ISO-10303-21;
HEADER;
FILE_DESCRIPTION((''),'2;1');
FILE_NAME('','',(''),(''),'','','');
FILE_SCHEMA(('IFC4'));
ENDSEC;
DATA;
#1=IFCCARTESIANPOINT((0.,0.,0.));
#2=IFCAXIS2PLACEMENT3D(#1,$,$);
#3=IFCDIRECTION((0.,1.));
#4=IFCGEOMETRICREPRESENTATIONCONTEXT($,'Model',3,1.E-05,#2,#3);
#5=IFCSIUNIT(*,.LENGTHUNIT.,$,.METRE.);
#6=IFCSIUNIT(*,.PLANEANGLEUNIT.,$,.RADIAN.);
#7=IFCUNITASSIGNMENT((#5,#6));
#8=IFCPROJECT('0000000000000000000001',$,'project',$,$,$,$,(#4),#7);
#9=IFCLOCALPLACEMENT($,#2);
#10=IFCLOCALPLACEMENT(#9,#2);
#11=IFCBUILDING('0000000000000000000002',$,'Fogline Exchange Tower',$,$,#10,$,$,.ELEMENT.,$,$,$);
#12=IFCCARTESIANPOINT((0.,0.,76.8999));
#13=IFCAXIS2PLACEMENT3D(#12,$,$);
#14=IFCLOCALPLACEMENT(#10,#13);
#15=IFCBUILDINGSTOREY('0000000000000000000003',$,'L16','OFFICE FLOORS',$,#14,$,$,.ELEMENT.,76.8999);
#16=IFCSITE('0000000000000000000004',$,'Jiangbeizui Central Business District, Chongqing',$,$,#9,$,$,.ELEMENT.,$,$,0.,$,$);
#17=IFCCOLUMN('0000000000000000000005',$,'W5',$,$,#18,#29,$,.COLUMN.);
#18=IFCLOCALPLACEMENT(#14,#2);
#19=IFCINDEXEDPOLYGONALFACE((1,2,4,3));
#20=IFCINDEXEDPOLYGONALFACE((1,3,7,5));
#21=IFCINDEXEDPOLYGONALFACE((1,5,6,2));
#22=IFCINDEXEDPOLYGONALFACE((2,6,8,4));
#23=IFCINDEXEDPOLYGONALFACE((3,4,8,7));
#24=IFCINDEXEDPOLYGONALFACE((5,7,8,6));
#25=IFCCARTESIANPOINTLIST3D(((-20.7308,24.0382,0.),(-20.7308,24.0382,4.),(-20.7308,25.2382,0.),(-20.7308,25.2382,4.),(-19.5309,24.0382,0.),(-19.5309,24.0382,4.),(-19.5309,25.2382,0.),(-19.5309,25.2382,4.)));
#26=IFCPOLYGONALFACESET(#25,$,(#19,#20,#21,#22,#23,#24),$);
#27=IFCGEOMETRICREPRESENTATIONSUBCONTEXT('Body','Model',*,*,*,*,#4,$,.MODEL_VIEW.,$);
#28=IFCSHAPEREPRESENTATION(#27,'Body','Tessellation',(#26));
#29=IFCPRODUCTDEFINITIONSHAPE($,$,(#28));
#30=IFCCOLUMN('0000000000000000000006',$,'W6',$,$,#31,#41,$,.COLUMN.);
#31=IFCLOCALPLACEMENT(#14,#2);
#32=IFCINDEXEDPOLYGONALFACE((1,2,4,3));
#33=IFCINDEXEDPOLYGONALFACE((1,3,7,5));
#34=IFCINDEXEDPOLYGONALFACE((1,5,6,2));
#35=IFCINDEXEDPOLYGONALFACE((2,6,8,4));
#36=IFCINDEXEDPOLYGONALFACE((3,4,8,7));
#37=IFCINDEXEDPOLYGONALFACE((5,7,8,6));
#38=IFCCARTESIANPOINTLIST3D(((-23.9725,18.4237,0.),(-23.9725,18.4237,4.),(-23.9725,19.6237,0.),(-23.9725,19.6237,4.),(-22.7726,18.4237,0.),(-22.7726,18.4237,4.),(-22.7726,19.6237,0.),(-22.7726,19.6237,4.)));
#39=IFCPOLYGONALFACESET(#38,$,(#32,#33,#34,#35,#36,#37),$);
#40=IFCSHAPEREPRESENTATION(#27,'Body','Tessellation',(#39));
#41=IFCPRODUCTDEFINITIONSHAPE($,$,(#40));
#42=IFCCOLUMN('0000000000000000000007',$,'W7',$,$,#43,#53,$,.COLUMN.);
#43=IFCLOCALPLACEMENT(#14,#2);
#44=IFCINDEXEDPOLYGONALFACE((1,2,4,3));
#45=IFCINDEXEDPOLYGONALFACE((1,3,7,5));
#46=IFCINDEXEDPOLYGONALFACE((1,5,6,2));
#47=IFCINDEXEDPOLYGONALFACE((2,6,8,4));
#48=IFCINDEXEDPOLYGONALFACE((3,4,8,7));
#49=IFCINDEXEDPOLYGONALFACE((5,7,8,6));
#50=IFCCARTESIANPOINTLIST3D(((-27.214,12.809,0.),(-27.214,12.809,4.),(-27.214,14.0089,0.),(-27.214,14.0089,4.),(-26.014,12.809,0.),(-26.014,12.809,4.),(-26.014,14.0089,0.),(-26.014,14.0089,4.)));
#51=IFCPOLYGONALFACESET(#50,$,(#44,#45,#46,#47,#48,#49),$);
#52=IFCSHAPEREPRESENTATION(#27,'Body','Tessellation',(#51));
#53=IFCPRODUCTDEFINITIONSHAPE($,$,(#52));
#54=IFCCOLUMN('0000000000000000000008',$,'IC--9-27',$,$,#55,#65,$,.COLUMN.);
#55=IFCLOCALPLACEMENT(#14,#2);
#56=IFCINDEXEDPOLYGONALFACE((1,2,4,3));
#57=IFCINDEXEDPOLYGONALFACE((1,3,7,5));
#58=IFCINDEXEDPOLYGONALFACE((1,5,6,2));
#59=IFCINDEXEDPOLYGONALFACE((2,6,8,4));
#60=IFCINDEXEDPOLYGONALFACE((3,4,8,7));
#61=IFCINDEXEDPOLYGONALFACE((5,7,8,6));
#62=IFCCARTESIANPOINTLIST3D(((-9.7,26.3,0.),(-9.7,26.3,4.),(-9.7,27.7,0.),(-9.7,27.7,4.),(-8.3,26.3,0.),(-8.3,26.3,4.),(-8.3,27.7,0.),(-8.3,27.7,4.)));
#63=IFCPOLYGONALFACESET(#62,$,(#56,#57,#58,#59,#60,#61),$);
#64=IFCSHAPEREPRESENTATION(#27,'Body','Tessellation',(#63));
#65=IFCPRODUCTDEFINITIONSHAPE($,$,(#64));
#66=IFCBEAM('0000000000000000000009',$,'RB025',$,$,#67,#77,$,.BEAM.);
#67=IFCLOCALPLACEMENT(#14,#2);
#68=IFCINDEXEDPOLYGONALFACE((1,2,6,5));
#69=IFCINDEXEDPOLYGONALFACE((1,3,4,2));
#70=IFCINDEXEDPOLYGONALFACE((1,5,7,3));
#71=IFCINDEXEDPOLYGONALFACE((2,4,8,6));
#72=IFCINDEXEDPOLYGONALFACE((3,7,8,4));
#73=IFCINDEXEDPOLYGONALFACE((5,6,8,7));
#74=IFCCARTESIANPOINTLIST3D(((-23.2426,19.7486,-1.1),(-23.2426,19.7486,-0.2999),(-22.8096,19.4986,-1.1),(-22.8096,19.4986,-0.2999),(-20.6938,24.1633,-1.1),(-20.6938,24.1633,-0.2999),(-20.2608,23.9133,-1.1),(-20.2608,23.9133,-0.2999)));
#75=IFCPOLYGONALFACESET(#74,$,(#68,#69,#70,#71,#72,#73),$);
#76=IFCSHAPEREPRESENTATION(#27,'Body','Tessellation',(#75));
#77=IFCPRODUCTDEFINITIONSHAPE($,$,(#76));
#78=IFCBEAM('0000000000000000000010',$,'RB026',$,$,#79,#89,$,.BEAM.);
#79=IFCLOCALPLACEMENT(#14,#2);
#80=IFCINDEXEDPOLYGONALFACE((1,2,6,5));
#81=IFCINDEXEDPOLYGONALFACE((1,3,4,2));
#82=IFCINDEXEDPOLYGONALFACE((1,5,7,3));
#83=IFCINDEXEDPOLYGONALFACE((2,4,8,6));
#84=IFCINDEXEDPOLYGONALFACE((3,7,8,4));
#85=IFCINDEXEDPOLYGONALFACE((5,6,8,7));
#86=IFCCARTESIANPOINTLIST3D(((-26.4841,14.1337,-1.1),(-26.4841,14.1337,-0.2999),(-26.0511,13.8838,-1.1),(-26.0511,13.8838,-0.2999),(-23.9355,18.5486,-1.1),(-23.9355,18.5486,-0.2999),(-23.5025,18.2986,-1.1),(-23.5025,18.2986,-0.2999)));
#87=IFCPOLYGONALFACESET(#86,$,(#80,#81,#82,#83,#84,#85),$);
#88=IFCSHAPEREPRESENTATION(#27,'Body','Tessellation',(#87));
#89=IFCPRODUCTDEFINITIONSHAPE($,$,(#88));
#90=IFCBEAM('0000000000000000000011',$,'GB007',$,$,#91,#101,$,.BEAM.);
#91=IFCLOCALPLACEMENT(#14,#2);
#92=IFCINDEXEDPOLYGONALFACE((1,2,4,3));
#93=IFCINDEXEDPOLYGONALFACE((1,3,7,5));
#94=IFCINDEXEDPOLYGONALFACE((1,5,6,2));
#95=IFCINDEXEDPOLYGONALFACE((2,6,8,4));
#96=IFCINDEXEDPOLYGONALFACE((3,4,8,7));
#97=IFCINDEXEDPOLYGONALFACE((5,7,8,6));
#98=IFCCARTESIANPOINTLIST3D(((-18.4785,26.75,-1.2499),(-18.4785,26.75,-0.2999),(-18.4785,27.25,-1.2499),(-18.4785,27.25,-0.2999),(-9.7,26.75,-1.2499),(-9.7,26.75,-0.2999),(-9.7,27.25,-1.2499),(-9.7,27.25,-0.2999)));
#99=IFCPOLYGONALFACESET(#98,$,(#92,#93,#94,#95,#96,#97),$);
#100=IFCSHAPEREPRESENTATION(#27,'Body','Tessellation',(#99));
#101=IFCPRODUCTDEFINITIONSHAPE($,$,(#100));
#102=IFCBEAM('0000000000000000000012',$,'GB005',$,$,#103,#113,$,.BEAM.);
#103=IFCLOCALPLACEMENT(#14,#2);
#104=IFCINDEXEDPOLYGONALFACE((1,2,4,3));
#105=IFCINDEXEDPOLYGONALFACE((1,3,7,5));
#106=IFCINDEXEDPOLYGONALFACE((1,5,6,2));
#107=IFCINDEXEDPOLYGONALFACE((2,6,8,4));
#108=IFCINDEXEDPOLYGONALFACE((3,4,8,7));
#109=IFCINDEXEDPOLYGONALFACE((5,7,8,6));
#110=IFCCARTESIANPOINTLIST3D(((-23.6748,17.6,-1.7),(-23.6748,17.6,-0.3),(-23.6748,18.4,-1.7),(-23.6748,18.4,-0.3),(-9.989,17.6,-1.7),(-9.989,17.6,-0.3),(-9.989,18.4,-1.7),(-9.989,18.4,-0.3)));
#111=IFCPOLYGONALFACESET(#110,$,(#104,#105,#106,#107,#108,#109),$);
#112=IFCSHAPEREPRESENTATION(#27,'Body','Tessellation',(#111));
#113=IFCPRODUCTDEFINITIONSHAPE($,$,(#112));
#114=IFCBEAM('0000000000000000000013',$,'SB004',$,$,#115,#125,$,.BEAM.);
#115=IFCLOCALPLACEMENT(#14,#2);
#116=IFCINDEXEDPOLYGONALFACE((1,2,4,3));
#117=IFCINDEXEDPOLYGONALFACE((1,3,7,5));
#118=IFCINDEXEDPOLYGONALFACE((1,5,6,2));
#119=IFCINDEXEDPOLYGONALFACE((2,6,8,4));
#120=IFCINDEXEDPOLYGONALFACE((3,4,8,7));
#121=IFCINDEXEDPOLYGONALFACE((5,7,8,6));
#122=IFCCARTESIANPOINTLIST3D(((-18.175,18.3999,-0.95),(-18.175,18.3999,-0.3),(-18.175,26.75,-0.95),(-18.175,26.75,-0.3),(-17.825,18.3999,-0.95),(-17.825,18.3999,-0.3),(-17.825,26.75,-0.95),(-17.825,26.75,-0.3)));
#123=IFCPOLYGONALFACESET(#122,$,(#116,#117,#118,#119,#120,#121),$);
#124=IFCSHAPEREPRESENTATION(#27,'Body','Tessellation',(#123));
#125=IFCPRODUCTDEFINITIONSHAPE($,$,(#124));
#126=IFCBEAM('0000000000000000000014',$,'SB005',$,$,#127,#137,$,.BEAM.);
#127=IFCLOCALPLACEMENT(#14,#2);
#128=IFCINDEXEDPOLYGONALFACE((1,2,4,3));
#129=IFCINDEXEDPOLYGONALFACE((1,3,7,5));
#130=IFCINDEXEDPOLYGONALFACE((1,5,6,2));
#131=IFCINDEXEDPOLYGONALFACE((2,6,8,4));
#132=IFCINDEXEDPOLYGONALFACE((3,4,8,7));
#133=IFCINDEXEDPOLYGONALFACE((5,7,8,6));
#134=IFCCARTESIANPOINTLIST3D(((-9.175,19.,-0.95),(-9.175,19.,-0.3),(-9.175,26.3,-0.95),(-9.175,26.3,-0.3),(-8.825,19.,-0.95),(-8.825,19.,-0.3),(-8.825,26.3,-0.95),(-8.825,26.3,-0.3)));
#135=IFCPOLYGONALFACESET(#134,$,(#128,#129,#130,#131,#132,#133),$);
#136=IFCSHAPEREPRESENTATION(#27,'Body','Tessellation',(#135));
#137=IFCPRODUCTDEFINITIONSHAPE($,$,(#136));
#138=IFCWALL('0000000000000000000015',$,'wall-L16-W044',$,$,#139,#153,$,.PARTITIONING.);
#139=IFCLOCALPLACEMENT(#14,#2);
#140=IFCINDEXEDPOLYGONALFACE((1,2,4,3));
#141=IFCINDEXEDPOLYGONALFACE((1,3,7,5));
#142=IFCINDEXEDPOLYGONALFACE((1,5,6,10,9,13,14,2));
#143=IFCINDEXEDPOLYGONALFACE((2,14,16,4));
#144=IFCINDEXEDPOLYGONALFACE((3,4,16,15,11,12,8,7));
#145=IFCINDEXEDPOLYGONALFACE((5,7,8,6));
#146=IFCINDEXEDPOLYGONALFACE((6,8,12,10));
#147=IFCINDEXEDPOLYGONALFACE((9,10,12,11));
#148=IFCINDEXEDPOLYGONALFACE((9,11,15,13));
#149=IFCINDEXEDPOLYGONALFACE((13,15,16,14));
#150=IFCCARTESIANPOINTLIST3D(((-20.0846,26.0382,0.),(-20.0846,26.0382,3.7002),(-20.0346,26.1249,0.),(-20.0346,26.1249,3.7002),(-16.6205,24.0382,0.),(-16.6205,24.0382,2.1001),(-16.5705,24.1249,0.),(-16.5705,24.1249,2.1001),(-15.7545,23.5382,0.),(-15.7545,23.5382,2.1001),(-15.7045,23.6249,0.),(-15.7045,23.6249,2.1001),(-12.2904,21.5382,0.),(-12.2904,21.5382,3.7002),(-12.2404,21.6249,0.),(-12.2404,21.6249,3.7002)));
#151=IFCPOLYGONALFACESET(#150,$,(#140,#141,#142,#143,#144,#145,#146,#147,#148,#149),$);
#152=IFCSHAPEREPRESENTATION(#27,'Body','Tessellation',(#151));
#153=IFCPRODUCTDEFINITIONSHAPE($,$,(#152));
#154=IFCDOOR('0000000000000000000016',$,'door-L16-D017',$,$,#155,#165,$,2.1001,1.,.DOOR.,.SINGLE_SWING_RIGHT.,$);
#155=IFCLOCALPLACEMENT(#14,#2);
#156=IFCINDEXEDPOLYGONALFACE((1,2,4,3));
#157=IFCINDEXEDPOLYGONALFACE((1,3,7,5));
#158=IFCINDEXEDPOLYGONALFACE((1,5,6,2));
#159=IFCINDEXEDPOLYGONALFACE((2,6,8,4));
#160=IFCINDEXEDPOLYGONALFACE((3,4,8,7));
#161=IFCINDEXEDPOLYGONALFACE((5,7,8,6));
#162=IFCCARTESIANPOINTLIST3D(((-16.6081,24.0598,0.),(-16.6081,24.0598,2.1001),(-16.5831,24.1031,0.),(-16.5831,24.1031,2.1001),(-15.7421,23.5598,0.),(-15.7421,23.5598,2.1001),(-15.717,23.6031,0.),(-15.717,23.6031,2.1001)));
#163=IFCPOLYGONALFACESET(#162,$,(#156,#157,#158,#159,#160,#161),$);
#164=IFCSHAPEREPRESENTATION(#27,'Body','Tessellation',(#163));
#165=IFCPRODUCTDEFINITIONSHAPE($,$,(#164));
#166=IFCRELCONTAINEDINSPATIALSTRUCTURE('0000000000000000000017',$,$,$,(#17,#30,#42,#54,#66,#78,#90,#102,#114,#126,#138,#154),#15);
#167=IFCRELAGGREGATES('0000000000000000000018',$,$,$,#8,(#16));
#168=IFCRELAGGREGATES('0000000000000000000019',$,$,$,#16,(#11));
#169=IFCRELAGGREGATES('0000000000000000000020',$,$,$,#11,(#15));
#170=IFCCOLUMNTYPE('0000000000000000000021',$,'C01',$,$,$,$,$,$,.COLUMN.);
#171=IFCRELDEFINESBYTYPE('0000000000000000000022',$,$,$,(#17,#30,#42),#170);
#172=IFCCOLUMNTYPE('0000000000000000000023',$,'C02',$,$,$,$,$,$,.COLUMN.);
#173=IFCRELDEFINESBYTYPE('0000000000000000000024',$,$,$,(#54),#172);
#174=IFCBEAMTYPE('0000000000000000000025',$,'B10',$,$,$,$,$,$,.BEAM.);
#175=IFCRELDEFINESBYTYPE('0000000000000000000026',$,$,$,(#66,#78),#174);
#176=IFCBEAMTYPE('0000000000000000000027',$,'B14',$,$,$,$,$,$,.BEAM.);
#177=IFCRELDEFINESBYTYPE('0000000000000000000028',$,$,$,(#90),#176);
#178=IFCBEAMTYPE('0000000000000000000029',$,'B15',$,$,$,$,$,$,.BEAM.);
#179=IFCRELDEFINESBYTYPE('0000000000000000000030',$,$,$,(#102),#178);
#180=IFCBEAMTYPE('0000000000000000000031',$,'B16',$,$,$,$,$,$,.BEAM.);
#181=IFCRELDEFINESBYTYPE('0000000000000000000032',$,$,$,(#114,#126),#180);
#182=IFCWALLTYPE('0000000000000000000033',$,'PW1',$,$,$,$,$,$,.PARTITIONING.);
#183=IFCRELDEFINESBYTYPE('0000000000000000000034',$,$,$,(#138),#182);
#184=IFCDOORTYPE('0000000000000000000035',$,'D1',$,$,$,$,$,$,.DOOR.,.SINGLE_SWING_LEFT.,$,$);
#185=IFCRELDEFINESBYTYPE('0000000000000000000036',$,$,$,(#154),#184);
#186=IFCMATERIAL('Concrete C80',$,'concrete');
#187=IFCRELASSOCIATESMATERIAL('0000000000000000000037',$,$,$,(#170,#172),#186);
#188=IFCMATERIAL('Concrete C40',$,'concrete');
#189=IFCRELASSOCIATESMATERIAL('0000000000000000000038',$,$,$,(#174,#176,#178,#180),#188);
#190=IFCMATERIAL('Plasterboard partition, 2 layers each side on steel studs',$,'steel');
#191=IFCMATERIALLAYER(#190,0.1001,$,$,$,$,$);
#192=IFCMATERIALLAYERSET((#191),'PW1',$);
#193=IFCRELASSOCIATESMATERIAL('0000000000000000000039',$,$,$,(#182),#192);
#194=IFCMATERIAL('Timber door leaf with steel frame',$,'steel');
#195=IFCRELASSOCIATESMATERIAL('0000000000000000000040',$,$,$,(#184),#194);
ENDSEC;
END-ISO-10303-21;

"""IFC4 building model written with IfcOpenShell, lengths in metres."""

from ifc_helpers import new_model, si_unit, direction, frame, frame_2d, origin, origin_2d, place, context, subcontext, project, spatial, rectangle, extrude, material, layer, layer_set, material_profile, profile_set, type_object, element, fill, save


model = new_model("IFC4")

# Units and contexts
model_context = context("Model", 3, precision=1e-05, world=origin(), true_north=direction((0.0, 1.0)))
body_context = subcontext(model_context, "Body", "Model", "MODEL_VIEW")
ifc_project = project(units=[si_unit("LENGTHUNIT", "METRE"), si_unit("PLANEANGLEUNIT", "RADIAN")], contexts=[model_context])

# Site, building, storey
site_placement = place(None, origin())
site = spatial("IfcSite", under=ifc_project, at=site_placement, Name="Jiangbeizui Central Business District, Chongqing", CompositionType="ELEMENT", RefElevation=0.0)
building_placement = place(site_placement, origin())
building = spatial("IfcBuilding", under=site, at=building_placement, Name="Fogline Exchange Tower", CompositionType="ELEMENT")
storey_placement = place(building_placement, frame((0.0, 0.0, 76.8999)))
storey = spatial("IfcBuildingStorey", under=building, at=storey_placement, Name="L16", Description="OFFICE FLOORS", CompositionType="ELEMENT", Elevation=76.8999)

# Columns
ifc_material_1 = material(Name="Concrete C80", Category="concrete")
ifc_material_profile_1 = material_profile(ifc_material_1, rectangle(XDim=1.2, YDim=1.2, at=origin_2d()), Name="RC 1200x1200")
ifc_profile_set_1 = profile_set([ifc_material_profile_1], Name="Concrete C80")
column_type_1 = type_object("IfcColumnType", Name="C01", PredefinedType="COLUMN", material=ifc_profile_set_1)
for number, where, z_axis, x_axis, name in (
    (1, (-20.1309, 24.6382, 0.0), (0.0, 0.0, 1.0), (1.0, 0.0, 0.0), "W5"),
    (2, (-23.3726, 19.0237, 0.0), (0.0, 0.0, 1.0), (1.0, 0.0, 0.0), "W6"),
    (3, (-26.614, 13.4089, 0.0), (0.0, 0.0, 1.0), (1.0, 0.0, 0.0), "W7"),
):
    element("IfcColumn", number, at=place(storey_placement, frame(where, z_axis=z_axis, x_axis=x_axis)), inside=storey, type_object=column_type_1, Name=name, PredefinedType="COLUMN", context=body_context, shape_type="SweptSolid", body=[
        extrude(rectangle(XDim=1.2, YDim=1.2, at=origin_2d()), origin(), (0.0, 0.0, 1.0), 4.0),
    ])
ifc_material_profile_2 = material_profile(ifc_material_1, rectangle(XDim=1.3999, YDim=1.3999, at=origin_2d()), Name="RC 1400x1400")
ifc_profile_set_2 = profile_set([ifc_material_profile_2], Name="Concrete C80")
column_type_2 = type_object("IfcColumnType", Name="C02", PredefinedType="COLUMN", material=ifc_profile_set_2)
column_placement = place(storey_placement, frame((-9.0, 27.0, 0.0), z_axis=(0.0, 0.0, 1.0), x_axis=(1.0, 0.0, 0.0)))
element("IfcColumn", 4, at=column_placement, inside=storey, type_object=column_type_2, Name="IC--9-27", PredefinedType="COLUMN", context=body_context, shape_type="SweptSolid", body=[
    extrude(rectangle(XDim=1.3999, YDim=1.3999, at=origin_2d()), origin(), (0.0, 0.0, 1.0), 4.0),
])

# Beams
ifc_material_2 = material(Name="Concrete C40", Category="concrete")
ifc_material_profile_3 = material_profile(ifc_material_2, rectangle(XDim=0.5, YDim=0.8, at=origin_2d()), Name="RC 500x800")
ifc_profile_set_3 = profile_set([ifc_material_profile_3], Name="Concrete C40")
beam_type_1 = type_object("IfcBeamType", Name="B10", PredefinedType="BEAM", material=ifc_profile_set_3)
for number, where, z_axis, x_axis, name in (
    (5, (-20.4773, 24.0383, -0.7), (-0.499992, -0.86603, 0.0), (0.86603, -0.499992, 0.0), "RB025"),
    (6, (-23.719, 18.4236, -0.7), (-0.499956, -0.866051, 0.0), (0.866051, -0.499956, 0.0), "RB026"),
):
    element("IfcBeam", number, at=place(storey_placement, frame(where, z_axis=z_axis, x_axis=x_axis)), inside=storey, type_object=beam_type_1, Name=name, PredefinedType="BEAM", context=body_context, shape_type="SweptSolid", body=[
        extrude(rectangle(XDim=0.5, YDim=0.8, at=origin_2d()), origin(), (0.0, 0.0, 1.0), 5.0977),
    ])
ifc_material_profile_4 = material_profile(ifc_material_2, rectangle(XDim=0.5, YDim=0.95, at=origin_2d()), Name="RC 500x950")
ifc_profile_set_4 = profile_set([ifc_material_profile_4], Name="Concrete C40")
beam_type_2 = type_object("IfcBeamType", Name="B14", PredefinedType="BEAM", material=ifc_profile_set_4)
beam_1_placement = place(storey_placement, frame((-18.4785, 27.0, -0.7749), z_axis=(1.0, 0.0, 0.0), x_axis=(0.0, 1.0, 0.0)))
element("IfcBeam", 7, at=beam_1_placement, inside=storey, type_object=beam_type_2, Name="GB007", PredefinedType="BEAM", context=body_context, shape_type="SweptSolid", body=[
    extrude(rectangle(XDim=0.5, YDim=0.95, at=origin_2d()), origin(), (0.0, 0.0, 1.0), 8.7786),
])
ifc_material_profile_5 = material_profile(ifc_material_2, rectangle(XDim=0.8, YDim=1.3999, at=origin_2d()), Name="RC 800x1400")
ifc_profile_set_5 = profile_set([ifc_material_profile_5], Name="Concrete C40")
beam_type_3 = type_object("IfcBeamType", Name="B15", PredefinedType="BEAM", material=ifc_profile_set_5)
beam_2_placement = place(storey_placement, frame((-23.6748, 18.0, -1.0), z_axis=(1.0, 0.0, 0.0), x_axis=(0.0, 1.0, 0.0)))
element("IfcBeam", 8, at=beam_2_placement, inside=storey, type_object=beam_type_3, Name="GB005", PredefinedType="BEAM", context=body_context, shape_type="SweptSolid", body=[
    extrude(rectangle(XDim=0.8, YDim=1.3999, at=origin_2d()), origin(), (0.0, 0.0, 1.0), 13.6858),
])
ifc_material_profile_6 = material_profile(ifc_material_2, rectangle(XDim=0.3501, YDim=0.6499, at=origin_2d()), Name="RC 350x650")
ifc_profile_set_6 = profile_set([ifc_material_profile_6], Name="Concrete C40")
beam_type_4 = type_object("IfcBeamType", Name="B16", PredefinedType="BEAM", material=ifc_profile_set_6)
beam_3_placement = place(storey_placement, frame((-18.0, 18.3999, -0.625), z_axis=(0.0, 1.0, 0.0), x_axis=(-1.0, 0.0, 0.0)))
element("IfcBeam", 9, at=beam_3_placement, inside=storey, type_object=beam_type_4, Name="SB004", PredefinedType="BEAM", context=body_context, shape_type="SweptSolid", body=[
    extrude(rectangle(XDim=0.3501, YDim=0.6499, at=origin_2d()), origin(), (0.0, 0.0, 1.0), 8.3501),
])
beam_4_placement = place(storey_placement, frame((-9.0, 19.0, -0.625), z_axis=(0.0, 1.0, 0.0), x_axis=(-1.0, 0.0, 0.0)))
element("IfcBeam", 10, at=beam_4_placement, inside=storey, type_object=beam_type_4, Name="SB005", PredefinedType="BEAM", context=body_context, shape_type="SweptSolid", body=[
    extrude(rectangle(XDim=0.3501, YDim=0.6499, at=origin_2d()), origin(), (0.0, 0.0, 1.0), 7.3),
])

# Wall, opening, door
ifc_material_3 = material(Name="Plasterboard partition, 2 layers each side on steel studs", Category="steel")
ifc_layer_1 = layer(ifc_material_3, 0.1001)
ifc_layer_set_1 = layer_set([ifc_layer_1], Name="PW1")
wall_type_1 = type_object("IfcWallType", Name="PW1", PredefinedType="PARTITIONING", material=ifc_layer_set_1)
wall_1_placement = place(storey_placement, frame((-12.2654, 21.5815, 0.0), z_axis=(0.0, 0.0, 1.0), x_axis=(-0.866024, 0.500002, 0.0)))
wall_1 = element("IfcWall", 11, at=wall_1_placement, inside=storey, type_object=wall_type_1, Name="wall-L16-W044", PredefinedType="PARTITIONING", context=body_context, shape_type="SweptSolid", body=[
    extrude(rectangle(XDim=9.0, YDim=0.1001, at=frame_2d((4.5, 0.0))), origin(), (0.0, 0.0, 1.0), 3.7002),
])
opening_1_placement = place(wall_1_placement, frame((4.0, 0.0, 0.0)))
opening_1 = element("IfcOpeningElement", 12, at=opening_1_placement, cuts=wall_1, PredefinedType="OPENING", context=body_context, shape_type="SweptSolid", body=[
    extrude(rectangle(XDim=1.0, YDim=2.1001, at=frame_2d((0.5, 1.05))), frame((0.0, 0.0601, 0.0), z_axis=(0.0, -1.0, 0.0), x_axis=(1.0, 0.0, 0.0)), (0.0, 0.0, 1.0), 0.1201),
])
ifc_material_4 = material(Name="Timber door leaf with steel frame", Category="steel")
door_type_1 = type_object("IfcDoorType", Name="D1", OperationType="SINGLE_SWING_LEFT", PredefinedType="DOOR", material=ifc_material_4)
door_1_placement = place(opening_1_placement, frame((1.0, 0.0, 0.0), z_axis=(0.0, 0.0, 1.0), x_axis=(-1.0, 0.0, 0.0)))
door_1 = element("IfcDoor", 13, at=door_1_placement, inside=storey, type_object=door_type_1, Name="door-L16-D017", OperationType="SINGLE_SWING_RIGHT", OverallHeight=2.1001, OverallWidth=1.0, PredefinedType="DOOR", context=body_context, shape_type="SweptSolid", body=[
    extrude(rectangle(XDim=1.0, YDim=2.1001, at=frame_2d((0.5, 1.05))), frame((0.0, 0.0249, 0.0), z_axis=(0.0, -1.0, 0.0), x_axis=(1.0, 0.0, 0.0)), (0.0, 0.0, 1.0), 0.05),
])
fill(opening_1, door_1)

save(model, "model.ifc")
